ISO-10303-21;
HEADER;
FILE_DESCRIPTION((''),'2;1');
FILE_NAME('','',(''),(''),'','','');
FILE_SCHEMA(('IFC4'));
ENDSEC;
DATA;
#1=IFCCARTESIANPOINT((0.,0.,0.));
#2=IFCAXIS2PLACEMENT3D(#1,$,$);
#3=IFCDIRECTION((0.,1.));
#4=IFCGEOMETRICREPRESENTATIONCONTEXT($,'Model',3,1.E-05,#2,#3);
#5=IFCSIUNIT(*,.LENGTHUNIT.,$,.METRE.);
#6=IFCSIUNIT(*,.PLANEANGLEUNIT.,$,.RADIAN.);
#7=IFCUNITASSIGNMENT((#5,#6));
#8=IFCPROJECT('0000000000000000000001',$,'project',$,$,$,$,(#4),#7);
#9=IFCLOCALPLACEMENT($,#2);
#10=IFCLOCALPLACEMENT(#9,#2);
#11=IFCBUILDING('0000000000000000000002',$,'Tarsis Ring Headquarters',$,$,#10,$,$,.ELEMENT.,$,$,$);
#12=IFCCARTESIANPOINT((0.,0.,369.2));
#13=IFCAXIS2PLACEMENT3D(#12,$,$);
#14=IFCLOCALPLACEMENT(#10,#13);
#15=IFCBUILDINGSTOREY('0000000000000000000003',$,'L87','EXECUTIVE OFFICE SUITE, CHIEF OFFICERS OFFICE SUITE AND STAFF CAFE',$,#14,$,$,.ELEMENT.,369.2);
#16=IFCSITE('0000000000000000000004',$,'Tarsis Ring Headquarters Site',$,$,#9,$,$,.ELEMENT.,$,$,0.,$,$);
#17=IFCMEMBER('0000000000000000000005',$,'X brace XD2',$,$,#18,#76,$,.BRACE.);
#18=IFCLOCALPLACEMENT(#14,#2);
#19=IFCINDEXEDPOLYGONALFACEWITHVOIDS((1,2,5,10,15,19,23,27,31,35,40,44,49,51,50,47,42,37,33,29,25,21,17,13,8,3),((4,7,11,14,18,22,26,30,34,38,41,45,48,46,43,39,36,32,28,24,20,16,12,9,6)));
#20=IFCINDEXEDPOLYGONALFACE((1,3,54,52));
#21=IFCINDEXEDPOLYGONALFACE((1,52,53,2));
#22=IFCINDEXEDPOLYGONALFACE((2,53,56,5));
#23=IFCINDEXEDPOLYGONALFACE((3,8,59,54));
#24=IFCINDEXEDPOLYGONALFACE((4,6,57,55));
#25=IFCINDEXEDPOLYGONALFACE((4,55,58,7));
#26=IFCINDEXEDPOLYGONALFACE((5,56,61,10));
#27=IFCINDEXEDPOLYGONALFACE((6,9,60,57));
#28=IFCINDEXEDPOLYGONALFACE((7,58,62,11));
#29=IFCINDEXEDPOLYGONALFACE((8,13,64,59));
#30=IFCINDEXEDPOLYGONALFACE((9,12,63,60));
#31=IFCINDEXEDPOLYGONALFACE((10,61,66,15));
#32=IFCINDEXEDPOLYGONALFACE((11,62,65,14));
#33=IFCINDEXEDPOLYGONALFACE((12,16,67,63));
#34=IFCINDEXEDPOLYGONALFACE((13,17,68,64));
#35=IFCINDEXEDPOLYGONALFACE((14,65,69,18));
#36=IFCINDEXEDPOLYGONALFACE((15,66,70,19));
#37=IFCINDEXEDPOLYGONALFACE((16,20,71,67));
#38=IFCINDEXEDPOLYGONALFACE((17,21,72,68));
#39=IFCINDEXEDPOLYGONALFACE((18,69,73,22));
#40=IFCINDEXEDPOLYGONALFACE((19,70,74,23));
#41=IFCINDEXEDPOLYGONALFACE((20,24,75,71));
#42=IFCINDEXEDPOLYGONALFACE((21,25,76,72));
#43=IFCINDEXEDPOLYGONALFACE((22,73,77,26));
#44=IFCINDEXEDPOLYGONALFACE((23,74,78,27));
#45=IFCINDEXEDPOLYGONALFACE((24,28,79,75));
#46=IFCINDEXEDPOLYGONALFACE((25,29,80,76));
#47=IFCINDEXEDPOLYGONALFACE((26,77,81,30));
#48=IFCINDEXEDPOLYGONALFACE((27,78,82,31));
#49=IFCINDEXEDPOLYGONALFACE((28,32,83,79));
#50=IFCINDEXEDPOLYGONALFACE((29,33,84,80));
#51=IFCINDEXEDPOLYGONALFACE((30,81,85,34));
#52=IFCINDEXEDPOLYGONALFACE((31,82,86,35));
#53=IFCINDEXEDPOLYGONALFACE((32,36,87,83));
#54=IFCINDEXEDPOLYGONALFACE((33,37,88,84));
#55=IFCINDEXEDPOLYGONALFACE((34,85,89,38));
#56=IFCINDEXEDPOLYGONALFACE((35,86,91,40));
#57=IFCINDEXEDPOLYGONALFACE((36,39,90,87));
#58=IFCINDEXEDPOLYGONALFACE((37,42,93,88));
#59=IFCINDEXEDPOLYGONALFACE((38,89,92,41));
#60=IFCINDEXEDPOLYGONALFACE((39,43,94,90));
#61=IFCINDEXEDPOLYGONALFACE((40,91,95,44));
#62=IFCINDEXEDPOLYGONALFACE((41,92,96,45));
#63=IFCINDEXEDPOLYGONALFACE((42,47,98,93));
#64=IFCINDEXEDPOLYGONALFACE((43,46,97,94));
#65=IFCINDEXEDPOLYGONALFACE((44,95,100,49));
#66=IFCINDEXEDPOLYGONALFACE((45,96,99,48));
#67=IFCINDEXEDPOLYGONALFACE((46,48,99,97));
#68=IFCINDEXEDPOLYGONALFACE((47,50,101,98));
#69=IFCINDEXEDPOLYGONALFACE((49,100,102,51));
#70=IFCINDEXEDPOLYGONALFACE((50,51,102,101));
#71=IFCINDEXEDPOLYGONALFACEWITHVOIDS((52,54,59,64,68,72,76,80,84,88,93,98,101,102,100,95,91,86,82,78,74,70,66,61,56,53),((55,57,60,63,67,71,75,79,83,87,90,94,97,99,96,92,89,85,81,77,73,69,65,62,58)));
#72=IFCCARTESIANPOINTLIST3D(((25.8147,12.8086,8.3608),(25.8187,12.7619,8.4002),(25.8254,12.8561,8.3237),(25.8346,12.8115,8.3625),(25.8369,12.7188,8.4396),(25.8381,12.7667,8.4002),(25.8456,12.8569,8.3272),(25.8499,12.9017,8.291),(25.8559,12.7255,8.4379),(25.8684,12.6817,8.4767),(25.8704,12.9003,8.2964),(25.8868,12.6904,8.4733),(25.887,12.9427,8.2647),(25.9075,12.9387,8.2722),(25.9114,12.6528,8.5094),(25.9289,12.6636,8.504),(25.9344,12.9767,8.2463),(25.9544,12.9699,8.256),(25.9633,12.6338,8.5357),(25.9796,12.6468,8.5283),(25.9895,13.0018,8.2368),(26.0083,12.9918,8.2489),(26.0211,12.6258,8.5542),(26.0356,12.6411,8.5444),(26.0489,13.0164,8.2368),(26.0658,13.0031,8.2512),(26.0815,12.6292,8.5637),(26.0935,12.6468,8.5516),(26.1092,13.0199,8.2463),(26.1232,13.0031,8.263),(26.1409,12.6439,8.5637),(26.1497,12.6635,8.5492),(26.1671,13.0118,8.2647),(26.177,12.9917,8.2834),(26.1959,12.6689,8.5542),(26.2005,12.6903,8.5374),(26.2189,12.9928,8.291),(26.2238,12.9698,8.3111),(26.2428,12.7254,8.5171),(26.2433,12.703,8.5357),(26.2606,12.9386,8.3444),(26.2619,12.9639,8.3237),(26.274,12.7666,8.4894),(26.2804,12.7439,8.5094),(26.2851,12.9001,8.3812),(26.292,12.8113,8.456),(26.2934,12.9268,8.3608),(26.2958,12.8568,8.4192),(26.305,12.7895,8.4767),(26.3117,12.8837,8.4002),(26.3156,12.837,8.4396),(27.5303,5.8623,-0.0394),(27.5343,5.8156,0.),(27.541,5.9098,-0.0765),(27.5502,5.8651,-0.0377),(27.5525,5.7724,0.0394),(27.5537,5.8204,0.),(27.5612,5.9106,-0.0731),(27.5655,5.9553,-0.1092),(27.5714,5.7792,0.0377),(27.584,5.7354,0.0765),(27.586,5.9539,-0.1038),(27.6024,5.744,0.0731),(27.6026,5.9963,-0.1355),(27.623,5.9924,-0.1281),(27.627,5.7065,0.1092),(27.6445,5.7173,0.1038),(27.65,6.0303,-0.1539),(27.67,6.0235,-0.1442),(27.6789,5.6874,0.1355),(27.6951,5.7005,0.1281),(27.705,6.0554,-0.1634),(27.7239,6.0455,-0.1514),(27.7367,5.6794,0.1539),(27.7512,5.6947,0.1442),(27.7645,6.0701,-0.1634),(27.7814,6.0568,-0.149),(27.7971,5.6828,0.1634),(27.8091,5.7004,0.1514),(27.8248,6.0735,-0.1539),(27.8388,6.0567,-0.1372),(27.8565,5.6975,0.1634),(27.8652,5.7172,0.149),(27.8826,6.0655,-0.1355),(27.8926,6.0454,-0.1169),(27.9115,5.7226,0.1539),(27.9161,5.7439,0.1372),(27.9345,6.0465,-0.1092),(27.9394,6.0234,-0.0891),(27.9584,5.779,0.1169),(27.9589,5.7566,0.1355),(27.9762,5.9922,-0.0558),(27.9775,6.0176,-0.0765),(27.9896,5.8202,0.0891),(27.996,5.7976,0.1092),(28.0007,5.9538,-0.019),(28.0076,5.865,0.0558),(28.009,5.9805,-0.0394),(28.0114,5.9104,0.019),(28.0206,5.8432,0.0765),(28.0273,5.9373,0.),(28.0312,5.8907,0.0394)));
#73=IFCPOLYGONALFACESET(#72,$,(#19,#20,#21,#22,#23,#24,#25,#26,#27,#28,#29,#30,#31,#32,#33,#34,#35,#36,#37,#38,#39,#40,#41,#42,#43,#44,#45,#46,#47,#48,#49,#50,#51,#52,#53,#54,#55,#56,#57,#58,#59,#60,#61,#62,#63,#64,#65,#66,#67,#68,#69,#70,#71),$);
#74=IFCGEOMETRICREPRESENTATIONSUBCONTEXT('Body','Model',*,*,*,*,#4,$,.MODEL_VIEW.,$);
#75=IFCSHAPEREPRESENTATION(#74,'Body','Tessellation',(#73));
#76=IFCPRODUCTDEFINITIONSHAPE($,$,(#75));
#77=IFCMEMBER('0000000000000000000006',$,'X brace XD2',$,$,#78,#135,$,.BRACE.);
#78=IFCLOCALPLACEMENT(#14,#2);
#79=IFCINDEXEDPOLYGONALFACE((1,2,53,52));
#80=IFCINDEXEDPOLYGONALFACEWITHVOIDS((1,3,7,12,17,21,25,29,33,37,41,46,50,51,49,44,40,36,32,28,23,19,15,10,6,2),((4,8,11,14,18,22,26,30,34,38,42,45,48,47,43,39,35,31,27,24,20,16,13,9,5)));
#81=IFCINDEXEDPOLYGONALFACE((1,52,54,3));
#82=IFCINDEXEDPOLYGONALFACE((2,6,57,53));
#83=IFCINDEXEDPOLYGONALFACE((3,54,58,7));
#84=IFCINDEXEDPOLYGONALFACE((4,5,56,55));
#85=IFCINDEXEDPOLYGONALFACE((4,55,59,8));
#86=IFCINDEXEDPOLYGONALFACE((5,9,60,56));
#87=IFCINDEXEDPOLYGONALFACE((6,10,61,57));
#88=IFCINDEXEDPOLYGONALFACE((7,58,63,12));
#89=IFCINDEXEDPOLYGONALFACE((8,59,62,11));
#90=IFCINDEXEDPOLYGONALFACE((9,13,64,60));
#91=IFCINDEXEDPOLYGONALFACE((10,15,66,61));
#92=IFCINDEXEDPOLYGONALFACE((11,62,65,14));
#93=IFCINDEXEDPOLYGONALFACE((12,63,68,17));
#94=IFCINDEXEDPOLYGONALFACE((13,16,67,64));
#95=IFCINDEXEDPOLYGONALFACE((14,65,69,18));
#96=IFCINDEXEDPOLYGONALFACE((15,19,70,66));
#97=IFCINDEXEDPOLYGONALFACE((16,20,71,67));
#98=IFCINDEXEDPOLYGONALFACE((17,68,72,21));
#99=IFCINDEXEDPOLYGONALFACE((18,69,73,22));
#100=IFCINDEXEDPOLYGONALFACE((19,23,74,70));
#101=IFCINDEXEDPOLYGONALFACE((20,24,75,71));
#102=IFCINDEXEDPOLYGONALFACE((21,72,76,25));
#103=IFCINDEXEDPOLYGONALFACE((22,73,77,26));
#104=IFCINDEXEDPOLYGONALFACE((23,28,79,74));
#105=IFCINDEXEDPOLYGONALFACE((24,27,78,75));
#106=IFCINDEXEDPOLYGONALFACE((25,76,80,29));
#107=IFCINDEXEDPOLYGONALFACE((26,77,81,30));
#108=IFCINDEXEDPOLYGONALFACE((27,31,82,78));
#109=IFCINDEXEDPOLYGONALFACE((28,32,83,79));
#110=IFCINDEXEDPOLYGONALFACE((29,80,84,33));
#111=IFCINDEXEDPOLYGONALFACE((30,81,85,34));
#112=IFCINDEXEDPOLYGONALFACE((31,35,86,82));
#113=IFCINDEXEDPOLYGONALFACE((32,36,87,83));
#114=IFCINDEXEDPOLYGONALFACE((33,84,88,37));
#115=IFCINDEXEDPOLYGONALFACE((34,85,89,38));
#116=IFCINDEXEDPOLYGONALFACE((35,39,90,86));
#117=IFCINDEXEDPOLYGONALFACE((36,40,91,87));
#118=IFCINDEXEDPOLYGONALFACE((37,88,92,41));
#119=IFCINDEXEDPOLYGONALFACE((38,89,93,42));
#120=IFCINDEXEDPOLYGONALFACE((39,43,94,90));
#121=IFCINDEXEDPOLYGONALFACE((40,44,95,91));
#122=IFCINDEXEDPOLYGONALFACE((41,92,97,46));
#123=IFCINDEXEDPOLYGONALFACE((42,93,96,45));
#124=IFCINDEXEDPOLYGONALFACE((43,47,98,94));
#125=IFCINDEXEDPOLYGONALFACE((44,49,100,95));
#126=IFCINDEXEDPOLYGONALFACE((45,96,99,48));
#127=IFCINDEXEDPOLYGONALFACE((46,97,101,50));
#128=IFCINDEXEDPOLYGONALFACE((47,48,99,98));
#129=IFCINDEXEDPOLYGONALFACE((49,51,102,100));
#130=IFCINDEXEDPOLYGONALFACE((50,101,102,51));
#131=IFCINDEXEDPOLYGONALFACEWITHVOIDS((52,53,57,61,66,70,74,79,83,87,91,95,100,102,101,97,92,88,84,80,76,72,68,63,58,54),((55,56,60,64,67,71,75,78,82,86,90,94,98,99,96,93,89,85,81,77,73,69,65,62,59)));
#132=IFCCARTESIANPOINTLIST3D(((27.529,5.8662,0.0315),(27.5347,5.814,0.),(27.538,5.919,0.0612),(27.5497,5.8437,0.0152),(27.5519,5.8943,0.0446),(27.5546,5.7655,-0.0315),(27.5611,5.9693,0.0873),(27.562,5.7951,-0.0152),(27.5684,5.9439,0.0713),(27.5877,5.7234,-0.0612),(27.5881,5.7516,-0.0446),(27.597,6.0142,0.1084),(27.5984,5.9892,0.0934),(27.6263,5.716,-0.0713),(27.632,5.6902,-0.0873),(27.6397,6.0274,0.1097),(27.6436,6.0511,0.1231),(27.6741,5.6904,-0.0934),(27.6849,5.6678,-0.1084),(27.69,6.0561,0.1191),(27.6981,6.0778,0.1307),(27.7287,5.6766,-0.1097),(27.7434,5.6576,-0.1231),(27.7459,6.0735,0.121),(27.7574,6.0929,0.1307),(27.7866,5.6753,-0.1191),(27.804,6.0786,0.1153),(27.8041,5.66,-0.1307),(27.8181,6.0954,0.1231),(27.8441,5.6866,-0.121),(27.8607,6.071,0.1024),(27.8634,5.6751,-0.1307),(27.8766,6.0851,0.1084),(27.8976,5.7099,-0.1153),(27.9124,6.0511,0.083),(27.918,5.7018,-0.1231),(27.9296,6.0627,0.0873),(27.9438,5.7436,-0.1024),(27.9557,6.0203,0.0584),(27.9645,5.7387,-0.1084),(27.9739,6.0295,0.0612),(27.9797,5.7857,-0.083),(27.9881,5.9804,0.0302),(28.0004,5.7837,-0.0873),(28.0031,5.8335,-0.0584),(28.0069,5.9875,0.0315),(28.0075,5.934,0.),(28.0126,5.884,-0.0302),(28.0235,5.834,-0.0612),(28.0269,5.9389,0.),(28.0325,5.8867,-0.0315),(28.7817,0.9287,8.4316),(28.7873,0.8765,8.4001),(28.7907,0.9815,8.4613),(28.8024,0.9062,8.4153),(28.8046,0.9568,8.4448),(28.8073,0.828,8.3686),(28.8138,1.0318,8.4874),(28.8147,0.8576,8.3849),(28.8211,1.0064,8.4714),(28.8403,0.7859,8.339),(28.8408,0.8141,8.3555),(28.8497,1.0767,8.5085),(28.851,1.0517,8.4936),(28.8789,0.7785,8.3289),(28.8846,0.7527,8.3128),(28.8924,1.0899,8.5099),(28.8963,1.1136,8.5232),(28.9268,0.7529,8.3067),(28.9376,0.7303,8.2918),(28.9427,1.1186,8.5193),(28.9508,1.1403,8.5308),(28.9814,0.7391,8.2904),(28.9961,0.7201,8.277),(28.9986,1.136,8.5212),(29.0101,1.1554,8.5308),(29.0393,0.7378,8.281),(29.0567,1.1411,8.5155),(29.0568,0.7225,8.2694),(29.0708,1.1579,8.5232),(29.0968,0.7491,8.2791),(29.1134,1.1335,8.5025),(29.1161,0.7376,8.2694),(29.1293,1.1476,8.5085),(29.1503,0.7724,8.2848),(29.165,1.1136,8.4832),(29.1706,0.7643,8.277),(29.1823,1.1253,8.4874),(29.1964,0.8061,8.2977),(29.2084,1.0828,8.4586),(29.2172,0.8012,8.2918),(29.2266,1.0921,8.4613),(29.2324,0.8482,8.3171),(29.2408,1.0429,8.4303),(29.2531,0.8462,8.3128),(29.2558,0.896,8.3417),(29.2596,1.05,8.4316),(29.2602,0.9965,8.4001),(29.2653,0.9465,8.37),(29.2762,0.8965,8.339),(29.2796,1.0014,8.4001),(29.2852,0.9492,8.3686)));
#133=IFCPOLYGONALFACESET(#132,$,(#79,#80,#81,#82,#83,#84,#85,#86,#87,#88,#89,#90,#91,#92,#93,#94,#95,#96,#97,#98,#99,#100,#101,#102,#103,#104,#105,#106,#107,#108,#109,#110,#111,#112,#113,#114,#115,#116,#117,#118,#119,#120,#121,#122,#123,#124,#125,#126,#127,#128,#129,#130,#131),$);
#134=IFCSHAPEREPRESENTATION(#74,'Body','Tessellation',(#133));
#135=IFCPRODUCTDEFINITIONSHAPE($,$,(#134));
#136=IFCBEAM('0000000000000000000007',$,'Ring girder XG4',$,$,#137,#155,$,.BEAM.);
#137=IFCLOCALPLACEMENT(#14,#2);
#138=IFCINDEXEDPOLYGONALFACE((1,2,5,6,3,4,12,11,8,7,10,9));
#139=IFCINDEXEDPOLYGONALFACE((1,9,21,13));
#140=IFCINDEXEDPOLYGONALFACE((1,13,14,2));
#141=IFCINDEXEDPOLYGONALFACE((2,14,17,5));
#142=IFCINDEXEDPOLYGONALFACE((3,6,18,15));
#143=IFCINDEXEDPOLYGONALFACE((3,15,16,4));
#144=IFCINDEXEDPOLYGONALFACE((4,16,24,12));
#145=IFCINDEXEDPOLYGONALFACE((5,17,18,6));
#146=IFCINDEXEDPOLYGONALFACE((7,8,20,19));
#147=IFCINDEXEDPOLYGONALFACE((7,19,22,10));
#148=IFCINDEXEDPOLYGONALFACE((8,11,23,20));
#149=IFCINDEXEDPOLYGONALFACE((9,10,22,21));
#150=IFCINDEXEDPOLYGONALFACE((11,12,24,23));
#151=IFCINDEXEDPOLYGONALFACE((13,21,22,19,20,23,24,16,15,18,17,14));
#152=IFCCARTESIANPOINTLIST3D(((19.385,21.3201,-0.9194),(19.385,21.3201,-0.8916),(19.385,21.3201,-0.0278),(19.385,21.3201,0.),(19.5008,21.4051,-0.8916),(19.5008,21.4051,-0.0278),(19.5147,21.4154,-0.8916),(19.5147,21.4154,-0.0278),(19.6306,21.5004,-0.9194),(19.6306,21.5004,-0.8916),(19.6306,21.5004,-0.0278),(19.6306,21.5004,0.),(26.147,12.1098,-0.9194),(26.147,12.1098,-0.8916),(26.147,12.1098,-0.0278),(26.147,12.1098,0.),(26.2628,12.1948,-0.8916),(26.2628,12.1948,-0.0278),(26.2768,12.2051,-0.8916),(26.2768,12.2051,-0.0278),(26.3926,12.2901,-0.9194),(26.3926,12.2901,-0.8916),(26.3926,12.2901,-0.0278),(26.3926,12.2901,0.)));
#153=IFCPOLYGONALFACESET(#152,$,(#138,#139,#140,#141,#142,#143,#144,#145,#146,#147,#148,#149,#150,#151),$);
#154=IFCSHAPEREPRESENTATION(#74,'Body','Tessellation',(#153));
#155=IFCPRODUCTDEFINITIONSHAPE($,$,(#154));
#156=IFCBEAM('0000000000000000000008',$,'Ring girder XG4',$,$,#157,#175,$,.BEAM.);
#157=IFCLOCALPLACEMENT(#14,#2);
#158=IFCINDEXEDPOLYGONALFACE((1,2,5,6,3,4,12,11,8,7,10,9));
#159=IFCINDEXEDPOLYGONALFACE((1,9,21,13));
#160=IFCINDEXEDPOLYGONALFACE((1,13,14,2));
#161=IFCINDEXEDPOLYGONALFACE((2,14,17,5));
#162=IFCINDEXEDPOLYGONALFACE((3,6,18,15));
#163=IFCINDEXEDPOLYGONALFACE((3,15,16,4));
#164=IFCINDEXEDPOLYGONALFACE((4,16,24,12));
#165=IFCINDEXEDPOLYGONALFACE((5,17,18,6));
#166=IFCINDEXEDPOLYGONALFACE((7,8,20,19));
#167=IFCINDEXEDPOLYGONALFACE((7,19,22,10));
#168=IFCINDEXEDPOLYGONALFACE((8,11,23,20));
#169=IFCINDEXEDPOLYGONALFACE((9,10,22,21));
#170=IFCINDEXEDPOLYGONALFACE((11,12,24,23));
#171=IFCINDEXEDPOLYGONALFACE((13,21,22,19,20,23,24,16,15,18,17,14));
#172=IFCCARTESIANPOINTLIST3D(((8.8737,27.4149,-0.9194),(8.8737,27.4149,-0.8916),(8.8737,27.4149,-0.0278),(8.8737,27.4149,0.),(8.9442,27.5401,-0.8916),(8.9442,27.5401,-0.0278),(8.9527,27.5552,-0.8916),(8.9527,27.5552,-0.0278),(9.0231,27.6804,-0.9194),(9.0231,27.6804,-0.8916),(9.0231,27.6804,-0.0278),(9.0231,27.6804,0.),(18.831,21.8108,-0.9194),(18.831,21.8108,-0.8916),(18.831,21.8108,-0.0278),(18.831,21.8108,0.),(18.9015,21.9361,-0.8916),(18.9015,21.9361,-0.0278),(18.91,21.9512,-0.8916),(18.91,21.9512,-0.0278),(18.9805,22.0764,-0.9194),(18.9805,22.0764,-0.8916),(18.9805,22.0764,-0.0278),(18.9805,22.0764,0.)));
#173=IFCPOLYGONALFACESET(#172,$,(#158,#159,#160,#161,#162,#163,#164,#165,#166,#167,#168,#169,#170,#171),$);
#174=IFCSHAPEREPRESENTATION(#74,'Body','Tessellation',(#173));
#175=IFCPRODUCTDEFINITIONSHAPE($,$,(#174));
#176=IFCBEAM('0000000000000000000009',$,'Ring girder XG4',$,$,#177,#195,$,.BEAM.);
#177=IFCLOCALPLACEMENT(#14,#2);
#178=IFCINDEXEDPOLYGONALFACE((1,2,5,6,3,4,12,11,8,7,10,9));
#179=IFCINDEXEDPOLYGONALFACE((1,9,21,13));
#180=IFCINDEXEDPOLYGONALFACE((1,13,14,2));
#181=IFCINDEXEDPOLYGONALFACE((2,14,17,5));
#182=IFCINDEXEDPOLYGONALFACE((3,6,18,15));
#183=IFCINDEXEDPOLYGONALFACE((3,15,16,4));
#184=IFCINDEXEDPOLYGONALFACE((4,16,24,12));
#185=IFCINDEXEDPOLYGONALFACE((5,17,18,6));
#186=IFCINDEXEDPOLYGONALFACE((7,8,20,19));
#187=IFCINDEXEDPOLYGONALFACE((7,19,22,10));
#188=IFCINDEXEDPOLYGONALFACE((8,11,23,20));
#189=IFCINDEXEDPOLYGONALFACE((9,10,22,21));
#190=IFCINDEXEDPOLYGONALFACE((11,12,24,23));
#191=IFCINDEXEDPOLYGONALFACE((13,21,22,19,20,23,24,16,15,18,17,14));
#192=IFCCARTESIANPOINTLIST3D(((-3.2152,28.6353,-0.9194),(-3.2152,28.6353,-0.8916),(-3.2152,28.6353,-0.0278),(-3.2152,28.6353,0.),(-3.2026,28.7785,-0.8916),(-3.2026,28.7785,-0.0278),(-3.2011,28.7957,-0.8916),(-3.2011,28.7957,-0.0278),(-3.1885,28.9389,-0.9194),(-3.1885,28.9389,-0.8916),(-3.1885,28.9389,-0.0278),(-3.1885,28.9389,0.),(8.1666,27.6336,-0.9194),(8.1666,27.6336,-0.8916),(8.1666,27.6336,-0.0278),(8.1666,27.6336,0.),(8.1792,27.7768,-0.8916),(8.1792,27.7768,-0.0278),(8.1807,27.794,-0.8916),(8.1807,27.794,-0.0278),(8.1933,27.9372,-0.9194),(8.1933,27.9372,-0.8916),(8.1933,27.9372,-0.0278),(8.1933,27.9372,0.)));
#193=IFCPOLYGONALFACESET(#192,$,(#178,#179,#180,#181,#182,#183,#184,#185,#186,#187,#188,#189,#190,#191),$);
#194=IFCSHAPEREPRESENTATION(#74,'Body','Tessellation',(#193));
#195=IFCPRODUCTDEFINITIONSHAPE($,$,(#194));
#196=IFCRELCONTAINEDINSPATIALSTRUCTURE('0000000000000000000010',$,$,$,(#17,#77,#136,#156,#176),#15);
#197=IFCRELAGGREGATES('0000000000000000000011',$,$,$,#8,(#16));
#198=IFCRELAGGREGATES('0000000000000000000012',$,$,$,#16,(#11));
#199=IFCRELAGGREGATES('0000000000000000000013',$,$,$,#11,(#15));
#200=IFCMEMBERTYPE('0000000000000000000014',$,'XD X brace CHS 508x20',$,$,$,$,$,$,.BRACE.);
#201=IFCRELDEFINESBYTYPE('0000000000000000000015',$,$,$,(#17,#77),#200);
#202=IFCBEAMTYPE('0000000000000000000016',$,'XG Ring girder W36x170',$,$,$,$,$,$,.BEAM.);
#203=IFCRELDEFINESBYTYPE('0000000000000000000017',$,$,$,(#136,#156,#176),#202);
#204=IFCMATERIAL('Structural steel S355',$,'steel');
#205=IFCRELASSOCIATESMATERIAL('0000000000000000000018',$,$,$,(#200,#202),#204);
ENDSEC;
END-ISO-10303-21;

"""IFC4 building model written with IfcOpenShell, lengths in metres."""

from ifc_helpers import new_model, si_unit, direction, frame, origin, origin_2d, place, context, subcontext, project, spatial, hollow_circle, i_section, extrude, material, material_profile, profile_set, type_object, element, save


model = new_model("IFC4")

# Units and contexts
model_context = context("Model", 3, precision=1e-05, world=origin(), true_north=direction((0.0, 1.0)))
body_context = subcontext(model_context, "Body", "Model", "MODEL_VIEW")
ifc_project = project(units=[si_unit("LENGTHUNIT", "METRE"), si_unit("PLANEANGLEUNIT", "RADIAN")], contexts=[model_context])

# Site, building, storey
site_placement = place(None, origin())
site = spatial("IfcSite", under=ifc_project, at=site_placement, Name="Tarsis Ring Headquarters Site", CompositionType="ELEMENT", RefElevation=0.0)
building_placement = place(site_placement, origin())
building = spatial("IfcBuilding", under=site, at=building_placement, Name="Tarsis Ring Headquarters", CompositionType="ELEMENT")
storey_placement = place(building_placement, frame((0.0, 0.0, 369.2)))
storey = spatial("IfcBuildingStorey", under=building, at=storey_placement, Name="L87", Description="EXECUTIVE OFFICE SUITE, CHIEF OFFICERS OFFICE SUITE AND STAFF CAFE", CompositionType="ELEMENT", Elevation=369.2)

# Shared definitions
ifc_material_1 = material(Name="Structural steel S355", Category="steel")

# Members
ifc_material_profile_1 = material_profile(ifc_material_1, hollow_circle(Radius=0.2539, WallThickness=0.02, at=origin_2d()), Name="CHS 508x20")
ifc_profile_set_1 = profile_set([ifc_material_profile_1], Name="Structural steel S355")
member_type = type_object("IfcMemberType", Name="XD X brace CHS 508x20", PredefinedType="BRACE", material=ifc_profile_set_1)
member_1_placement = place(storey_placement, frame((27.7808, 5.8765, 0.0), z_axis=(-0.155476, 0.629516, 0.761273), x_axis=(-0.970829, -0.239773, 0.0)))
element("IfcMember", 1, at=member_1_placement, inside=storey, type_object=member_type, Name="X brace XD2", PredefinedType="BRACE", context=body_context, shape_type="SweptSolid", body=[
    extrude(hollow_circle(Radius=0.2539, WallThickness=0.02, at=origin_2d()), origin(), (0.0, 0.0, 1.0), 11.0344),
])
member_2_placement = place(storey_placement, frame((27.7808, 5.8765, 0.0), z_axis=(0.127513, -0.502597, 0.855065), x_axis=(0.969291, 0.245917, 0.0)))
element("IfcMember", 2, at=member_2_placement, inside=storey, type_object=member_type, Name="X brace XD2", PredefinedType="BRACE", context=body_context, shape_type="SweptSolid", body=[
    extrude(hollow_circle(Radius=0.2539, WallThickness=0.02, at=origin_2d()), origin(), (0.0, 0.0, 1.0), 9.824),
])

# Beams
ifc_material_profile_2 = material_profile(ifc_material_1, i_section(OverallWidth=0.3047, OverallDepth=0.9194, WebThickness=0.0173, FlangeThickness=0.0278, at=origin_2d()), Name="W36x170")
ifc_profile_set_2 = profile_set([ifc_material_profile_2], Name="Structural steel S355")
beam_type_1 = type_object("IfcBeamType", Name="XG Ring girder W36x170", PredefinedType="BEAM", material=ifc_profile_set_2)
for number, where, z_axis, x_axis, name in (
    (3, (26.2698, 12.2, -0.4597), (-0.591808, 0.806079, 0.0), (-0.806079, -0.591808, 0.0), "Ring girder XG4"),
    (4, (18.9058, 21.9436, -0.4597), (-0.871462, 0.490463, 0.0), (-0.490463, -0.871462, 0.0), "Ring girder XG4"),
):
    element("IfcBeam", number, at=place(storey_placement, frame(where, z_axis=z_axis, x_axis=x_axis)), inside=storey, type_object=beam_type_1, Name=name, PredefinedType="BEAM", context=body_context, shape_type="SweptSolid", body=[
        extrude(i_section(OverallWidth=0.3047, OverallDepth=0.9194, WebThickness=0.0173, FlangeThickness=0.0278, at=origin_2d()), origin(), (0.0, 0.0, 1.0), 11.426),
    ])
beam_1_placement = place(storey_placement, frame((8.1799, 27.7854, -0.4597), z_axis=(-0.99615, 0.087671, 0.0), x_axis=(-0.087671, -0.99615, 0.0)))
element("IfcBeam", 5, at=beam_1_placement, inside=storey, type_object=beam_type_1, Name="Ring girder XG4", PredefinedType="BEAM", context=body_context, shape_type="SweptSolid", body=[
    extrude(i_section(OverallWidth=0.3047, OverallDepth=0.9194, WebThickness=0.0173, FlangeThickness=0.0278, at=origin_2d()), origin(), (0.0, 0.0, 1.0), 11.4258),
])

save(model, "model.ifc")
